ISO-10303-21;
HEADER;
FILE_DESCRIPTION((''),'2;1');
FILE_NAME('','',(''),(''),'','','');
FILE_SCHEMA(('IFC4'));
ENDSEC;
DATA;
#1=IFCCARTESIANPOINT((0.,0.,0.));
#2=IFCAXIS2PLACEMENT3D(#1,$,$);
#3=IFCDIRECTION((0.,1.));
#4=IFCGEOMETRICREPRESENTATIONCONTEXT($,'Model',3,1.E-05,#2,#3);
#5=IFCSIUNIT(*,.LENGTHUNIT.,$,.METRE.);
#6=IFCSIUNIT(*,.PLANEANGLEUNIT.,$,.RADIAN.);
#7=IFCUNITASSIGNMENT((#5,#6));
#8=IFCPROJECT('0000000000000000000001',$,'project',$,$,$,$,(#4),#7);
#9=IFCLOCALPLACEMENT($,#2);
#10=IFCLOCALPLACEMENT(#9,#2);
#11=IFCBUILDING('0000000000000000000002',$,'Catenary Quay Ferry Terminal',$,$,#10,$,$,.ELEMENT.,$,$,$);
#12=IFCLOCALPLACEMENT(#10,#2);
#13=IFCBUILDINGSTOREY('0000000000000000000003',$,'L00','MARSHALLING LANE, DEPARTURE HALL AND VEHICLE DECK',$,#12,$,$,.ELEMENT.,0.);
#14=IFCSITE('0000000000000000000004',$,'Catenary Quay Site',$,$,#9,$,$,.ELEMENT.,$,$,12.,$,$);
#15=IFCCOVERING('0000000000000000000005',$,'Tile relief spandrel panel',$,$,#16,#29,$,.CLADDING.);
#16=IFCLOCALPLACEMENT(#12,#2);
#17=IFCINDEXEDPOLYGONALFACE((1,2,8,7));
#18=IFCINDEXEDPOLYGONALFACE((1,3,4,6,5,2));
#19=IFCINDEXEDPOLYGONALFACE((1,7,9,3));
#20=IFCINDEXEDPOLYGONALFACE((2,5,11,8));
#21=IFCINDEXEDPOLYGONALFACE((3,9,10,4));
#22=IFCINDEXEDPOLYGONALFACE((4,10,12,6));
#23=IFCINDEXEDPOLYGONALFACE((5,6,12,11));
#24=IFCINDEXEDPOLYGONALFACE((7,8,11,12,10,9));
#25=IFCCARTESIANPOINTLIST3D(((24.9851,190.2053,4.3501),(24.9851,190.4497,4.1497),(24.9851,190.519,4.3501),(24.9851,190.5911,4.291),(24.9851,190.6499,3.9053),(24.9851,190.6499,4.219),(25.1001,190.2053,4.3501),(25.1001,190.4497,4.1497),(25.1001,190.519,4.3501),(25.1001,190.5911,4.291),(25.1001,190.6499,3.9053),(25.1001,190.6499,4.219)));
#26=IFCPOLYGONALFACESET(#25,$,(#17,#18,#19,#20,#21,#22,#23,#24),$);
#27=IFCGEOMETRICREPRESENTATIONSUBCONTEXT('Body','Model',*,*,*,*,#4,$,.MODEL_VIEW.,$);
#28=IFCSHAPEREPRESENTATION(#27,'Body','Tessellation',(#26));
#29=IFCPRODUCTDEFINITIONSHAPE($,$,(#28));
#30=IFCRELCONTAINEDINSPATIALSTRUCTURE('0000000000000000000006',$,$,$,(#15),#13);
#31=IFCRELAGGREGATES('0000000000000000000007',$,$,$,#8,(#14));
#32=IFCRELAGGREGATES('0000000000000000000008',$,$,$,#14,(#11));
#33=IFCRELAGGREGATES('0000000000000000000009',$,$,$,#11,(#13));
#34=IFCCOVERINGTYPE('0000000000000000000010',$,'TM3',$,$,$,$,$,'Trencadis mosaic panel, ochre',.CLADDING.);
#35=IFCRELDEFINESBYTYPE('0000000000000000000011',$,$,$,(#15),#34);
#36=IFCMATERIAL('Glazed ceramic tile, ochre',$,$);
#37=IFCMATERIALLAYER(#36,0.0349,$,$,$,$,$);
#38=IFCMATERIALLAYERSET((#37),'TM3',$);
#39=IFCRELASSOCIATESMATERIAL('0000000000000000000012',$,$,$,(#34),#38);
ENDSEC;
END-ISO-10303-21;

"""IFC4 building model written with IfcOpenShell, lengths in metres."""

from ifc_helpers import new_model, si_unit, direction, frame, origin, place, context, subcontext, project, spatial, polyline, outline, extrude, material, layer, layer_set, type_object, element, save


model = new_model("IFC4")

# Units and contexts
model_context = context("Model", 3, precision=1e-05, world=origin(), true_north=direction((0.0, 1.0)))
body_context = subcontext(model_context, "Body", "Model", "MODEL_VIEW")
ifc_project = project(units=[si_unit("LENGTHUNIT", "METRE"), si_unit("PLANEANGLEUNIT", "RADIAN")], contexts=[model_context])

# Site, building, storey
site_placement = place(None, origin())
site = spatial("IfcSite", under=ifc_project, at=site_placement, Name="Catenary Quay Site", CompositionType="ELEMENT", RefElevation=12.0)
building_placement = place(site_placement, origin())
building = spatial("IfcBuilding", under=site, at=building_placement, Name="Catenary Quay Ferry Terminal", CompositionType="ELEMENT")
storey_placement = place(building_placement, origin())
storey = spatial("IfcBuildingStorey", under=building, at=storey_placement, Name="L00", Description="MARSHALLING LANE, DEPARTURE HALL AND VEHICLE DECK", CompositionType="ELEMENT", Elevation=0.0)

# Covering
ifc_material_1 = material(Name="Glazed ceramic tile, ochre")
ifc_layer_1 = layer(ifc_material_1, 0.0349)
ifc_layer_set_1 = layer_set([ifc_layer_1], Name="TM3")
covering_type_1 = type_object("IfcCoveringType", Name="TM3", ElementType="Trencadis mosaic panel, ochre", PredefinedType="CLADDING", material=ifc_layer_set_1)
covering_1_placement = place(storey_placement, frame((25.1001, 190.5911, 4.291), z_axis=(1.0, 0.0, 0.0), x_axis=(0.0, -0.773139, 0.634236)))
element("IfcCovering", 1, at=covering_1_placement, inside=storey, type_object=covering_type_1, Name="Tile relief spandrel panel", PredefinedType="CLADDING", context=body_context, shape_type="SweptSolid", body=[
    extrude(outline(polyline([(0.0, 0.0), (0.0932, 0.0), (0.3357, 0.199), (0.0196, 0.1989), (-0.2901, 0.2609), (-0.0912, 0.0184), (0.0, 0.0)])), origin(), (0.0, 0.0, -1.0), 0.115),
])

save(model, "model.ifc")
